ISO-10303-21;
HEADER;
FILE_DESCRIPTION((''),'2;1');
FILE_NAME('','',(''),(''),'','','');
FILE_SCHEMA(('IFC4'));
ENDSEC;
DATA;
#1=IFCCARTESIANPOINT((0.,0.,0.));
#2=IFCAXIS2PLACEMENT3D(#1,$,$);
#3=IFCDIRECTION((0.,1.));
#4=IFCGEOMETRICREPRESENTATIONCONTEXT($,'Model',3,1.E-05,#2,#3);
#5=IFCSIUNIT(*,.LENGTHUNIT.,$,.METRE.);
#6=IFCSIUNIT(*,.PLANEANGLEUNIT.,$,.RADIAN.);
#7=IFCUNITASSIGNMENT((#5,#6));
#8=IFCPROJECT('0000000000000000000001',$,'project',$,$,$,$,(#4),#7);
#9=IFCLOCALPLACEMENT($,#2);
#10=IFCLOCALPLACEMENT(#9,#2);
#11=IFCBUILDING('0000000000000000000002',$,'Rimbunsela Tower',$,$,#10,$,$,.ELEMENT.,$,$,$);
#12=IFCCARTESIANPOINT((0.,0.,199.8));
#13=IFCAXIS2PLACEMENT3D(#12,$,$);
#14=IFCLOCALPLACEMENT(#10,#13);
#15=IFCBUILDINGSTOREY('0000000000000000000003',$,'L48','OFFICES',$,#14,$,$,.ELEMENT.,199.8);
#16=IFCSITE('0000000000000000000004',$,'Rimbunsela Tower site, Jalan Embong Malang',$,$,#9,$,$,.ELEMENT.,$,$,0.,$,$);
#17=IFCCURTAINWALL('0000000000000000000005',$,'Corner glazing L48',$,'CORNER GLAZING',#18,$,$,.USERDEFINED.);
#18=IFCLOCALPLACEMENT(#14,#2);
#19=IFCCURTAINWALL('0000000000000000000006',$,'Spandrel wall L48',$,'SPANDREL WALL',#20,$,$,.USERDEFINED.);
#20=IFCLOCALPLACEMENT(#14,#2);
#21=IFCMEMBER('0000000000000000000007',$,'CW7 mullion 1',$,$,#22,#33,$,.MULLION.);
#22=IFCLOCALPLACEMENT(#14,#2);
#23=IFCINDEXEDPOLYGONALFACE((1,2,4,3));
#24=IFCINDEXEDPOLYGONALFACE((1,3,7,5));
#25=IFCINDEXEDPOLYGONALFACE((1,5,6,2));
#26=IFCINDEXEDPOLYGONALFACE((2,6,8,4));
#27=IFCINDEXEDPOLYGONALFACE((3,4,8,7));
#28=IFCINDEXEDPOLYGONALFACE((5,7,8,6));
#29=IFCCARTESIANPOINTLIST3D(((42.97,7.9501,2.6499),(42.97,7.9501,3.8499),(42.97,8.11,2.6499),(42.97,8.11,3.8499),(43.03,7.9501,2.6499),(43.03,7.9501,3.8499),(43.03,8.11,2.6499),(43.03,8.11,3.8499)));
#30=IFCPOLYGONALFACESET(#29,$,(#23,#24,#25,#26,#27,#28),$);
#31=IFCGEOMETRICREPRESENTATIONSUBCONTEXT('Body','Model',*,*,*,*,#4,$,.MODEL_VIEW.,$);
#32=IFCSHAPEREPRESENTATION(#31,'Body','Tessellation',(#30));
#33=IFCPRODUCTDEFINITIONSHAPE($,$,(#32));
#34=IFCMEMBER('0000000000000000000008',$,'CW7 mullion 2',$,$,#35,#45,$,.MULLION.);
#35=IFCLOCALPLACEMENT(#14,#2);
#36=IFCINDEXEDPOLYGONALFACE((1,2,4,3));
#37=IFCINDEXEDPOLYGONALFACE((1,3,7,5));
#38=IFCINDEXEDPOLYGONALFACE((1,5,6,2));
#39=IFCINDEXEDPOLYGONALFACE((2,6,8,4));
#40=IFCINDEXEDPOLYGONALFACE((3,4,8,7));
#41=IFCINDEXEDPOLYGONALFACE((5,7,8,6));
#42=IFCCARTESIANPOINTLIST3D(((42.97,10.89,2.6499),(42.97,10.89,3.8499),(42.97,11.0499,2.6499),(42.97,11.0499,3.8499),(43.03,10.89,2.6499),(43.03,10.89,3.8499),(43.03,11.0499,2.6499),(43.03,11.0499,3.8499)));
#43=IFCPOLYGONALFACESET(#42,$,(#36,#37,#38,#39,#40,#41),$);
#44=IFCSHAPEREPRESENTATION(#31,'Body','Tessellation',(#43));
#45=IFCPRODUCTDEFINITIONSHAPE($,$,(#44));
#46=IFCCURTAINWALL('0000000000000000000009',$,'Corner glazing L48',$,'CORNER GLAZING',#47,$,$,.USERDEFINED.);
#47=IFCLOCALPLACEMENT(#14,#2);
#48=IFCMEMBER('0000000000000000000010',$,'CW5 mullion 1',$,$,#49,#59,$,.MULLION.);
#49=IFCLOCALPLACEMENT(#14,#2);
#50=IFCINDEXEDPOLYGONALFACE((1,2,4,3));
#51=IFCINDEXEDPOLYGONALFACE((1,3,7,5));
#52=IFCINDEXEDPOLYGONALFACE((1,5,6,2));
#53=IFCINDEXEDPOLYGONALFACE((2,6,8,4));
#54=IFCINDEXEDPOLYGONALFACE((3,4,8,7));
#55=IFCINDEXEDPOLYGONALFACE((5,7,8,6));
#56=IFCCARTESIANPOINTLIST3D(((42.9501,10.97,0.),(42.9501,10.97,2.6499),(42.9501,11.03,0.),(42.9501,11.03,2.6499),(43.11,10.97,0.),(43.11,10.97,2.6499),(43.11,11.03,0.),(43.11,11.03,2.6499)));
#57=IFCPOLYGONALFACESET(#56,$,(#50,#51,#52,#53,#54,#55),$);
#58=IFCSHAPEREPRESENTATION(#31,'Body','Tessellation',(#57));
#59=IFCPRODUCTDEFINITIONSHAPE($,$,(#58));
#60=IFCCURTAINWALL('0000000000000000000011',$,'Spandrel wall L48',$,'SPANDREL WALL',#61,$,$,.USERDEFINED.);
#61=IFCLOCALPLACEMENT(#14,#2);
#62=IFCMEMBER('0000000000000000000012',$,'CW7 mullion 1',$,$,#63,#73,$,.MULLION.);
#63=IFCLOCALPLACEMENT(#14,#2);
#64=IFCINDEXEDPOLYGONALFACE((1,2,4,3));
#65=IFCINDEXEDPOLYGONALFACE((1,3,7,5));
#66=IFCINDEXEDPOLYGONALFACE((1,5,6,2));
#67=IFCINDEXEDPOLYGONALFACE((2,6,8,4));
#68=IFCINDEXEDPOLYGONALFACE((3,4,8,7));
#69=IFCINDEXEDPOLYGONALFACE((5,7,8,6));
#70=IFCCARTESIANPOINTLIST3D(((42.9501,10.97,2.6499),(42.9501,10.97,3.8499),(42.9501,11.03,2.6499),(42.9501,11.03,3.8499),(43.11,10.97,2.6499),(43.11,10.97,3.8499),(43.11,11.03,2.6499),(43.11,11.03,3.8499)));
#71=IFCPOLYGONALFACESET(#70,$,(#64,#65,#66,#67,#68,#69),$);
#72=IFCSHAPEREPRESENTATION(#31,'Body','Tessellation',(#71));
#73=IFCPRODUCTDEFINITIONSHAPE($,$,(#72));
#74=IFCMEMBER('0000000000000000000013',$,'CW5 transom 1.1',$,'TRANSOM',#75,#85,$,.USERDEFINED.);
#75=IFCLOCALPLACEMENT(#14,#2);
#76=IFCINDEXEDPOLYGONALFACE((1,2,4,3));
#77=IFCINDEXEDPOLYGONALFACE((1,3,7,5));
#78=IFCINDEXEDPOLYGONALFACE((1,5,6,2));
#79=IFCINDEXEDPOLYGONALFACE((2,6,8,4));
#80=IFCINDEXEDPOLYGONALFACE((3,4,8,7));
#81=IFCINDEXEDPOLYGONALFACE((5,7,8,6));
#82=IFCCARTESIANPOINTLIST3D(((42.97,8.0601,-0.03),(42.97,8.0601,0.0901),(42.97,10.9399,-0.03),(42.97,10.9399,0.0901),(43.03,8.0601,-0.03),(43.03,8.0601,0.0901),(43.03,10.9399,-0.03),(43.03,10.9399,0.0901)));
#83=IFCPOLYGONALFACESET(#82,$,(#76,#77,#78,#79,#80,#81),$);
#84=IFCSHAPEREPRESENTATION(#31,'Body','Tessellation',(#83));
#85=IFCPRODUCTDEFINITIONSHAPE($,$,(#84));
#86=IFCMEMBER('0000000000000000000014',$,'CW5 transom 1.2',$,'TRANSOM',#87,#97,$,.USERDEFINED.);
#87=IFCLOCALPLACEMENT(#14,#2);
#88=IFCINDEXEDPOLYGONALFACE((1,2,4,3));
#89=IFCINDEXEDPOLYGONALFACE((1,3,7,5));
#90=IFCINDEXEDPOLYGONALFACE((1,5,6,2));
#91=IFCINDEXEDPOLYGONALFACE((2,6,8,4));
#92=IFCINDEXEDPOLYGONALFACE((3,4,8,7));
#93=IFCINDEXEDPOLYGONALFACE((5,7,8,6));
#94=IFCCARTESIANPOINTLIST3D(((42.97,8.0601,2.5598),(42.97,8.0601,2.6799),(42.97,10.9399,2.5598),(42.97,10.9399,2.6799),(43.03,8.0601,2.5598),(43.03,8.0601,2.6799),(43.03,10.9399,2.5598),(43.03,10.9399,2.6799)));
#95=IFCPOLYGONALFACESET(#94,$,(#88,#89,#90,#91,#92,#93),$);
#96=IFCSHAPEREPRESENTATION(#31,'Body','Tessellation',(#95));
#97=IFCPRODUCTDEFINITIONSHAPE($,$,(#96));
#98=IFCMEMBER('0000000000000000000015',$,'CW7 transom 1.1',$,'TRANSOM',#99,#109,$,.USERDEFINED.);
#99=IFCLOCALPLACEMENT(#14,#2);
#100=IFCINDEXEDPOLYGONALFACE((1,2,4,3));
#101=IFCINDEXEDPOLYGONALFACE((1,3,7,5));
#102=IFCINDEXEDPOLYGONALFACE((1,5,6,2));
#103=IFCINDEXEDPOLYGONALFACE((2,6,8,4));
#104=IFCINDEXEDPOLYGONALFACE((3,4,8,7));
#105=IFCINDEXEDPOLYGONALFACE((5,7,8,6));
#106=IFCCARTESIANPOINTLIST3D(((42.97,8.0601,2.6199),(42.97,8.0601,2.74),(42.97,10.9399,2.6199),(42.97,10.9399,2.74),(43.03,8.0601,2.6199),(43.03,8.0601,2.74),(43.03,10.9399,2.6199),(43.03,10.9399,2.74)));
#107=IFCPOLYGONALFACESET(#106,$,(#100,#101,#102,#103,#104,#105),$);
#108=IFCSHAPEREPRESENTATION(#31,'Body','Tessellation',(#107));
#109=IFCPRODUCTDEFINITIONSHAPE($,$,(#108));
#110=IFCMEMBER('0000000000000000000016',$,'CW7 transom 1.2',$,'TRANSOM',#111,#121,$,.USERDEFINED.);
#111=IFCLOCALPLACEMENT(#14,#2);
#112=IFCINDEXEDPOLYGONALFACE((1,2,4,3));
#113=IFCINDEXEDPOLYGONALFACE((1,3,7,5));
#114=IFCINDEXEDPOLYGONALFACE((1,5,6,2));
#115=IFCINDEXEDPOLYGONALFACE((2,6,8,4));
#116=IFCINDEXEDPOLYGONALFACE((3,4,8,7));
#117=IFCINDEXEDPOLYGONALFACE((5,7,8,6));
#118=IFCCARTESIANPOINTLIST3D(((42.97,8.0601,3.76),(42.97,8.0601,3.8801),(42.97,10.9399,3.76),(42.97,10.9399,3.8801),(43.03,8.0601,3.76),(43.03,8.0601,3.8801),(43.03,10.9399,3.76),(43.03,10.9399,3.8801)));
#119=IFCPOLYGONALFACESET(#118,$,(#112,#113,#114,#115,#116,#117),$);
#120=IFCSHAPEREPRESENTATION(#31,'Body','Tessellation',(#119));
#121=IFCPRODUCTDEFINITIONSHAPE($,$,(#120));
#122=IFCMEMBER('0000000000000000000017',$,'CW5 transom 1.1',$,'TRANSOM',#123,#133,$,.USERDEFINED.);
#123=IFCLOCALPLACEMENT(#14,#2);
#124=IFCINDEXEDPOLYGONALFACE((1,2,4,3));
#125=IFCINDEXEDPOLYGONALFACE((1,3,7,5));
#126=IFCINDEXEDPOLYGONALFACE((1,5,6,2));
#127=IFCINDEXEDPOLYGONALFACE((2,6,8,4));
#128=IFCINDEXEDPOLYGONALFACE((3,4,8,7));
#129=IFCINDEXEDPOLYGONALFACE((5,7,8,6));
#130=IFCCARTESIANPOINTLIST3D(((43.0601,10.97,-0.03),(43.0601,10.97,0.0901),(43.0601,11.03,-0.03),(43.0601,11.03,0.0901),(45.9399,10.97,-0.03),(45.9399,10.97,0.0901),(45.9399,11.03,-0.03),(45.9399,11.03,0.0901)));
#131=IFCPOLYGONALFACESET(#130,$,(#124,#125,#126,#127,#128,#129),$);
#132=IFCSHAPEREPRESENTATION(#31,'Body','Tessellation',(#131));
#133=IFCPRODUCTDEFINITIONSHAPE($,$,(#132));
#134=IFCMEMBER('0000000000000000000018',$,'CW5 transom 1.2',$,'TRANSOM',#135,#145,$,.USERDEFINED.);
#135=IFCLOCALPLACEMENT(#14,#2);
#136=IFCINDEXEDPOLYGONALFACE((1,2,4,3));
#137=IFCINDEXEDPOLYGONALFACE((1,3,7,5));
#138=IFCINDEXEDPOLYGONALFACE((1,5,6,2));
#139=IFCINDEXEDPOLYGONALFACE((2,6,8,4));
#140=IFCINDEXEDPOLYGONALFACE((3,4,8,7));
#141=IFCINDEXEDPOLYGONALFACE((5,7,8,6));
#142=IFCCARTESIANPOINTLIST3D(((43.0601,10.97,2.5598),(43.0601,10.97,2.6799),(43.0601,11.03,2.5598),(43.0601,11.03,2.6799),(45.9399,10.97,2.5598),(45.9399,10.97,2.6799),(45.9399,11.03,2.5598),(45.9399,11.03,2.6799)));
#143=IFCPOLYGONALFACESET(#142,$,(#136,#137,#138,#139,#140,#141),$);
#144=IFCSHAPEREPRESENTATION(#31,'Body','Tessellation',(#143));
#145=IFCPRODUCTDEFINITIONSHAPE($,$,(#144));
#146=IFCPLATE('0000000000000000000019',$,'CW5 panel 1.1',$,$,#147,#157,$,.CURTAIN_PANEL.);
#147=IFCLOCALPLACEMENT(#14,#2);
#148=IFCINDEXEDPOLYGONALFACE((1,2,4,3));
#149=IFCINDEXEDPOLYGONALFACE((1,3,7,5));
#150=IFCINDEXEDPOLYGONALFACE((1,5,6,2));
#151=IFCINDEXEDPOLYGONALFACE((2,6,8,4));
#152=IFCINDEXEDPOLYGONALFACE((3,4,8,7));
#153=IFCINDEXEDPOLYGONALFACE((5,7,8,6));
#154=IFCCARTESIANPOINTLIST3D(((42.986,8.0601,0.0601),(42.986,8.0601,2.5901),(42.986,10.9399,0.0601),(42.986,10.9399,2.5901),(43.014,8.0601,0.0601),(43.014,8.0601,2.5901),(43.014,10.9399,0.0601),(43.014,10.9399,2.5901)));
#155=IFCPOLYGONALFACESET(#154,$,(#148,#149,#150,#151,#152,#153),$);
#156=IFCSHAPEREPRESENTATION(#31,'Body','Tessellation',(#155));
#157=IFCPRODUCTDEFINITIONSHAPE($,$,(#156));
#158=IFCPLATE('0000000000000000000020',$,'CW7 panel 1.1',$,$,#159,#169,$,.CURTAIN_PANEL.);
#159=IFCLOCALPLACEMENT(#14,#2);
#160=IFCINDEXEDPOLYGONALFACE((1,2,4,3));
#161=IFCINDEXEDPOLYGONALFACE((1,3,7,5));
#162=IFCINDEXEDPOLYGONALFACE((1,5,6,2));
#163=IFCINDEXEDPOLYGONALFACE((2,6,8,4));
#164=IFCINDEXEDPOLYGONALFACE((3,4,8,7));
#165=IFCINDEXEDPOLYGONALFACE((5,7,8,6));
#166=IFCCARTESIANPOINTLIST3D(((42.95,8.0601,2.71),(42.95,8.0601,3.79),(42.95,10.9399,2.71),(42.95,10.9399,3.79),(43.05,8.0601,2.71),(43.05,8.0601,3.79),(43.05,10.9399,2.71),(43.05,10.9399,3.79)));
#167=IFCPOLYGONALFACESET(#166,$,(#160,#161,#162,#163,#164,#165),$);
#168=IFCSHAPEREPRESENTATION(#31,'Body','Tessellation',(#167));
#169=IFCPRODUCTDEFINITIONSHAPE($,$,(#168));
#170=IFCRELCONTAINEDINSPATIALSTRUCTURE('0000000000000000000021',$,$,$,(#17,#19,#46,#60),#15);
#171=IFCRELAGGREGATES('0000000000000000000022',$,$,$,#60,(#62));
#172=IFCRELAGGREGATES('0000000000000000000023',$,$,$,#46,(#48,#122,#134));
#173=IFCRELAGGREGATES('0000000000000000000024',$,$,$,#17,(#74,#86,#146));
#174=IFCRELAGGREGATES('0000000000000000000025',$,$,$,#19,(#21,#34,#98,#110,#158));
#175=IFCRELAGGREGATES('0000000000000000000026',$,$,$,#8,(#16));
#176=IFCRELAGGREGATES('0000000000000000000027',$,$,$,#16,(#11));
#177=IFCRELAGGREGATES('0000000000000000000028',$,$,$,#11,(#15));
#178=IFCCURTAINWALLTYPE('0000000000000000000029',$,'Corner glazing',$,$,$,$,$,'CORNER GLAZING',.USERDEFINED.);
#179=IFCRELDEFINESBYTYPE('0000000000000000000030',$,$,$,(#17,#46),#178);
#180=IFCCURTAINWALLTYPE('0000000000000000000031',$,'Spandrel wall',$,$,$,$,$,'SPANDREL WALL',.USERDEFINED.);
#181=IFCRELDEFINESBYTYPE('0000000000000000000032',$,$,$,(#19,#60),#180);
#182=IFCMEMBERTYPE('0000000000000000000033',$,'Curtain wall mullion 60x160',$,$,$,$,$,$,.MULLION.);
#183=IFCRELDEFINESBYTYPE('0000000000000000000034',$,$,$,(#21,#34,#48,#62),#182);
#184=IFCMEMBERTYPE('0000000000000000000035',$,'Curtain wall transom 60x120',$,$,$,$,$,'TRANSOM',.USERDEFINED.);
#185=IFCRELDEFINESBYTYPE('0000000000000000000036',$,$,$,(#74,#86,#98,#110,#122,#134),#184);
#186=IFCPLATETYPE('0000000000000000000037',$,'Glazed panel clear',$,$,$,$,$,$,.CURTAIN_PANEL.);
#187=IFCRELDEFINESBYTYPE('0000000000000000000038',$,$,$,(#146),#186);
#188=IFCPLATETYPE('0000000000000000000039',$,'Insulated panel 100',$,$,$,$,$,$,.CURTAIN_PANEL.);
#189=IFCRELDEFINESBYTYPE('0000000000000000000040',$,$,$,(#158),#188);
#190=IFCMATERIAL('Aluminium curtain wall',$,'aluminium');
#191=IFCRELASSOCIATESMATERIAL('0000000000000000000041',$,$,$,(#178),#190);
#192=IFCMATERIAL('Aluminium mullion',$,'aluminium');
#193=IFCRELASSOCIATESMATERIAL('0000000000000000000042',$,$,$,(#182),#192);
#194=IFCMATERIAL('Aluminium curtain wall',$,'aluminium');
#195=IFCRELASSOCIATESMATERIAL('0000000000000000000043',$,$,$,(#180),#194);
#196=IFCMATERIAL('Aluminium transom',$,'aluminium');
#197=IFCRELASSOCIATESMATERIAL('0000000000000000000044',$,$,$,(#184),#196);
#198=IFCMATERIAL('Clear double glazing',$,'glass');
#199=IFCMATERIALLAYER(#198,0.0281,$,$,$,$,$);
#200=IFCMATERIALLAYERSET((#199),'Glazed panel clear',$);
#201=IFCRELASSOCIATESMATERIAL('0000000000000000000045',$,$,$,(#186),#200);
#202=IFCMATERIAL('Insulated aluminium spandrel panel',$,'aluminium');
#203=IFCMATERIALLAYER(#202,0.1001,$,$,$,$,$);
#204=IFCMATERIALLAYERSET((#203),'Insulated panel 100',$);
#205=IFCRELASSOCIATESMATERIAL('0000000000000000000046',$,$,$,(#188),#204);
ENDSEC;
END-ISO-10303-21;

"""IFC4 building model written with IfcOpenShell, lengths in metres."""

from ifc_helpers import new_model, si_unit, direction, frame, origin, origin_2d, place, context, subcontext, project, spatial, rectangle, extrude, material, layer, layer_set, material_profile, profile_set, type_object, element, aggregate, save


model = new_model("IFC4")

# Units and contexts
model_context = context("Model", 3, precision=1e-05, world=origin(), true_north=direction((0.0, 1.0)))
body_context = subcontext(model_context, "Body", "Model", "MODEL_VIEW")
ifc_project = project(units=[si_unit("LENGTHUNIT", "METRE"), si_unit("PLANEANGLEUNIT", "RADIAN")], contexts=[model_context])

# Site, building, storey
site_placement = place(None, origin())
site = spatial("IfcSite", under=ifc_project, at=site_placement, Name="Rimbunsela Tower site, Jalan Embong Malang", CompositionType="ELEMENT", RefElevation=0.0)
building_placement = place(site_placement, origin())
building = spatial("IfcBuilding", under=site, at=building_placement, Name="Rimbunsela Tower", CompositionType="ELEMENT")
storey_placement = place(building_placement, frame((0.0, 0.0, 199.8)))
storey = spatial("IfcBuildingStorey", under=building, at=storey_placement, Name="L48", Description="OFFICES", CompositionType="ELEMENT", Elevation=199.8)

# Curtain walls, members
ifc_material_1 = material(Name="Aluminium curtain wall", Category="aluminium")
curtain_wall_type_1 = type_object("IfcCurtainWallType", Name="Corner glazing", ElementType="CORNER GLAZING", PredefinedType="USERDEFINED", material=ifc_material_1)
curtain_wall_1_placement = place(storey_placement, origin())
curtain_wall_1 = element("IfcCurtainWall", 1, at=curtain_wall_1_placement, inside=storey, type_object=curtain_wall_type_1, Name="Corner glazing L48", ObjectType="CORNER GLAZING", PredefinedType="USERDEFINED")
ifc_material_2 = material(Name="Aluminium mullion", Category="aluminium")
ifc_material_profile_1 = material_profile(ifc_material_2, rectangle(XDim=0.0601, YDim=0.1599, at=origin_2d()), Name="Mullion 60x160")
ifc_profile_set_1 = profile_set([ifc_material_profile_1], Name="Aluminium mullion")
member_type_1 = type_object("IfcMemberType", Name="Curtain wall mullion 60x160", PredefinedType="MULLION", material=ifc_profile_set_1)
ifc_material_3 = material(Name="Aluminium curtain wall", Category="aluminium")
curtain_wall_type_2 = type_object("IfcCurtainWallType", Name="Spandrel wall", ElementType="SPANDREL WALL", PredefinedType="USERDEFINED", material=ifc_material_3)
curtain_wall_2_placement = place(storey_placement, origin())
curtain_wall_2 = element("IfcCurtainWall", 2, at=curtain_wall_2_placement, inside=storey, type_object=curtain_wall_type_2, Name="Spandrel wall L48", ObjectType="SPANDREL WALL", PredefinedType="USERDEFINED")
member_1_placement = place(storey_placement, frame((43.0, 8.03, 2.6499), z_axis=(0.0, 0.0, 1.0), x_axis=(-1.0, 0.0, 0.0)))
member_1 = element("IfcMember", 3, at=member_1_placement, type_object=member_type_1, Name="CW7 mullion 1", PredefinedType="MULLION", context=body_context, shape_type="SweptSolid", body=[
    extrude(rectangle(XDim=0.0601, YDim=0.1599, at=origin_2d()), origin(), (0.0, 0.0, 1.0), 1.2),
])
member_2_placement = place(storey_placement, frame((43.0, 10.97, 2.6499), z_axis=(0.0, 0.0, 1.0), x_axis=(-1.0, 0.0, 0.0)))
member_2 = element("IfcMember", 4, at=member_2_placement, type_object=member_type_1, Name="CW7 mullion 2", PredefinedType="MULLION", context=body_context, shape_type="SweptSolid", body=[
    extrude(rectangle(XDim=0.0601, YDim=0.1599, at=origin_2d()), origin(), (0.0, 0.0, 1.0), 1.2),
])

# Curtain walls, members
curtain_wall_3_placement = place(storey_placement, origin())
curtain_wall_3 = element("IfcCurtainWall", 5, at=curtain_wall_3_placement, inside=storey, type_object=curtain_wall_type_1, Name="Corner glazing L48", ObjectType="CORNER GLAZING", PredefinedType="USERDEFINED")
member_3_placement = place(storey_placement, frame((43.03, 11.0, 0.0), z_axis=(0.0, 0.0, 1.0), x_axis=(0.0, 1.0, 0.0)))
member_3 = element("IfcMember", 6, at=member_3_placement, type_object=member_type_1, Name="CW5 mullion 1", PredefinedType="MULLION", context=body_context, shape_type="SweptSolid", body=[
    extrude(rectangle(XDim=0.0601, YDim=0.1599, at=origin_2d()), origin(), (0.0, 0.0, 1.0), 2.6499),
])
curtain_wall_4_placement = place(storey_placement, origin())
curtain_wall_4 = element("IfcCurtainWall", 7, at=curtain_wall_4_placement, inside=storey, type_object=curtain_wall_type_2, Name="Spandrel wall L48", ObjectType="SPANDREL WALL", PredefinedType="USERDEFINED")
member_4_placement = place(storey_placement, frame((43.03, 11.0, 2.6499), z_axis=(0.0, 0.0, 1.0), x_axis=(0.0, 1.0, 0.0)))
member_4 = element("IfcMember", 8, at=member_4_placement, type_object=member_type_1, Name="CW7 mullion 1", PredefinedType="MULLION", context=body_context, shape_type="SweptSolid", body=[
    extrude(rectangle(XDim=0.0601, YDim=0.1599, at=origin_2d()), origin(), (0.0, 0.0, 1.0), 1.2),
])
aggregate(curtain_wall_4, [member_4])

# Members
ifc_material_4 = material(Name="Aluminium transom", Category="aluminium")
ifc_material_profile_2 = material_profile(ifc_material_4, rectangle(XDim=0.0601, YDim=0.1201, at=origin_2d()), Name="Transom 60x120")
ifc_profile_set_2 = profile_set([ifc_material_profile_2], Name="Aluminium transom")
member_type_2 = type_object("IfcMemberType", Name="Curtain wall transom 60x120", ElementType="TRANSOM", PredefinedType="USERDEFINED", material=ifc_profile_set_2)
member_5_placement = place(storey_placement, frame((43.0, 8.0601, 0.03), z_axis=(0.0, 1.0, 0.0), x_axis=(-1.0, 0.0, 0.0)))
member_5 = element("IfcMember", 9, at=member_5_placement, type_object=member_type_2, Name="CW5 transom 1.1", ObjectType="TRANSOM", PredefinedType="USERDEFINED", context=body_context, shape_type="SweptSolid", body=[
    extrude(rectangle(XDim=0.0601, YDim=0.1201, at=origin_2d()), origin(), (0.0, 0.0, 1.0), 2.8799),
])
member_6_placement = place(storey_placement, frame((43.0, 8.0601, 2.6199), z_axis=(0.0, 1.0, 0.0), x_axis=(-1.0, 0.0, 0.0)))
member_6 = element("IfcMember", 10, at=member_6_placement, type_object=member_type_2, Name="CW5 transom 1.2", ObjectType="TRANSOM", PredefinedType="USERDEFINED", context=body_context, shape_type="SweptSolid", body=[
    extrude(rectangle(XDim=0.0601, YDim=0.1201, at=origin_2d()), origin(), (0.0, 0.0, 1.0), 2.8799),
])
member_7_placement = place(storey_placement, frame((43.0, 8.0601, 2.6799), z_axis=(0.0, 1.0, 0.0), x_axis=(-1.0, 0.0, 0.0)))
member_7 = element("IfcMember", 11, at=member_7_placement, type_object=member_type_2, Name="CW7 transom 1.1", ObjectType="TRANSOM", PredefinedType="USERDEFINED", context=body_context, shape_type="SweptSolid", body=[
    extrude(rectangle(XDim=0.0601, YDim=0.1201, at=origin_2d()), origin(), (0.0, 0.0, 1.0), 2.8799),
])
member_8_placement = place(storey_placement, frame((43.0, 8.0601, 3.8201), z_axis=(0.0, 1.0, 0.0), x_axis=(-1.0, 0.0, 0.0)))
member_8 = element("IfcMember", 12, at=member_8_placement, type_object=member_type_2, Name="CW7 transom 1.2", ObjectType="TRANSOM", PredefinedType="USERDEFINED", context=body_context, shape_type="SweptSolid", body=[
    extrude(rectangle(XDim=0.0601, YDim=0.1201, at=origin_2d()), origin(), (0.0, 0.0, 1.0), 2.8799),
])
member_9_placement = place(storey_placement, frame((43.0601, 11.0, 0.03), z_axis=(1.0, 0.0, 0.0), x_axis=(0.0, 1.0, 0.0)))
member_9 = element("IfcMember", 13, at=member_9_placement, type_object=member_type_2, Name="CW5 transom 1.1", ObjectType="TRANSOM", PredefinedType="USERDEFINED", context=body_context, shape_type="SweptSolid", body=[
    extrude(rectangle(XDim=0.0601, YDim=0.1201, at=origin_2d()), origin(), (0.0, 0.0, 1.0), 2.8799),
])
member_10_placement = place(storey_placement, frame((43.0601, 11.0, 2.6199), z_axis=(1.0, 0.0, 0.0), x_axis=(0.0, 1.0, 0.0)))
member_10 = element("IfcMember", 14, at=member_10_placement, type_object=member_type_2, Name="CW5 transom 1.2", ObjectType="TRANSOM", PredefinedType="USERDEFINED", context=body_context, shape_type="SweptSolid", body=[
    extrude(rectangle(XDim=0.0601, YDim=0.1201, at=origin_2d()), origin(), (0.0, 0.0, 1.0), 2.8799),
])
aggregate(curtain_wall_3, [member_3, member_9, member_10])

# Plates
ifc_material_5 = material(Name="Clear double glazing", Category="glass")
ifc_layer_1 = layer(ifc_material_5, 0.0281)
ifc_layer_set_1 = layer_set([ifc_layer_1], Name="Glazed panel clear")
plate_type_1 = type_object("IfcPlateType", Name="Glazed panel clear", PredefinedType="CURTAIN_PANEL", material=ifc_layer_set_1)
plate_1_placement = place(storey_placement, frame((43.0, 9.5, 0.0601), z_axis=(0.0, 0.0, 1.0), x_axis=(0.0, 1.0, 0.0)))
plate_1 = element("IfcPlate", 15, at=plate_1_placement, type_object=plate_type_1, Name="CW5 panel 1.1", PredefinedType="CURTAIN_PANEL", context=body_context, shape_type="SweptSolid", body=[
    extrude(rectangle(XDim=2.8799, YDim=0.0281, at=origin_2d()), origin(), (0.0, 0.0, 1.0), 2.53),
])
aggregate(curtain_wall_1, [member_5, member_6, plate_1])
ifc_material_6 = material(Name="Insulated aluminium spandrel panel", Category="aluminium")
ifc_layer_2 = layer(ifc_material_6, 0.1001)
ifc_layer_set_2 = layer_set([ifc_layer_2], Name="Insulated panel 100")
plate_type_2 = type_object("IfcPlateType", Name="Insulated panel 100", PredefinedType="CURTAIN_PANEL", material=ifc_layer_set_2)
plate_2_placement = place(storey_placement, frame((43.0, 9.5, 2.71), z_axis=(0.0, 0.0, 1.0), x_axis=(0.0, 1.0, 0.0)))
plate_2 = element("IfcPlate", 16, at=plate_2_placement, type_object=plate_type_2, Name="CW7 panel 1.1", PredefinedType="CURTAIN_PANEL", context=body_context, shape_type="SweptSolid", body=[
    extrude(rectangle(XDim=2.8799, YDim=0.1001, at=origin_2d()), origin(), (0.0, 0.0, 1.0), 1.0801),
])
aggregate(curtain_wall_2, [member_1, member_2, member_7, member_8, plate_2])

save(model, "model.ifc")
